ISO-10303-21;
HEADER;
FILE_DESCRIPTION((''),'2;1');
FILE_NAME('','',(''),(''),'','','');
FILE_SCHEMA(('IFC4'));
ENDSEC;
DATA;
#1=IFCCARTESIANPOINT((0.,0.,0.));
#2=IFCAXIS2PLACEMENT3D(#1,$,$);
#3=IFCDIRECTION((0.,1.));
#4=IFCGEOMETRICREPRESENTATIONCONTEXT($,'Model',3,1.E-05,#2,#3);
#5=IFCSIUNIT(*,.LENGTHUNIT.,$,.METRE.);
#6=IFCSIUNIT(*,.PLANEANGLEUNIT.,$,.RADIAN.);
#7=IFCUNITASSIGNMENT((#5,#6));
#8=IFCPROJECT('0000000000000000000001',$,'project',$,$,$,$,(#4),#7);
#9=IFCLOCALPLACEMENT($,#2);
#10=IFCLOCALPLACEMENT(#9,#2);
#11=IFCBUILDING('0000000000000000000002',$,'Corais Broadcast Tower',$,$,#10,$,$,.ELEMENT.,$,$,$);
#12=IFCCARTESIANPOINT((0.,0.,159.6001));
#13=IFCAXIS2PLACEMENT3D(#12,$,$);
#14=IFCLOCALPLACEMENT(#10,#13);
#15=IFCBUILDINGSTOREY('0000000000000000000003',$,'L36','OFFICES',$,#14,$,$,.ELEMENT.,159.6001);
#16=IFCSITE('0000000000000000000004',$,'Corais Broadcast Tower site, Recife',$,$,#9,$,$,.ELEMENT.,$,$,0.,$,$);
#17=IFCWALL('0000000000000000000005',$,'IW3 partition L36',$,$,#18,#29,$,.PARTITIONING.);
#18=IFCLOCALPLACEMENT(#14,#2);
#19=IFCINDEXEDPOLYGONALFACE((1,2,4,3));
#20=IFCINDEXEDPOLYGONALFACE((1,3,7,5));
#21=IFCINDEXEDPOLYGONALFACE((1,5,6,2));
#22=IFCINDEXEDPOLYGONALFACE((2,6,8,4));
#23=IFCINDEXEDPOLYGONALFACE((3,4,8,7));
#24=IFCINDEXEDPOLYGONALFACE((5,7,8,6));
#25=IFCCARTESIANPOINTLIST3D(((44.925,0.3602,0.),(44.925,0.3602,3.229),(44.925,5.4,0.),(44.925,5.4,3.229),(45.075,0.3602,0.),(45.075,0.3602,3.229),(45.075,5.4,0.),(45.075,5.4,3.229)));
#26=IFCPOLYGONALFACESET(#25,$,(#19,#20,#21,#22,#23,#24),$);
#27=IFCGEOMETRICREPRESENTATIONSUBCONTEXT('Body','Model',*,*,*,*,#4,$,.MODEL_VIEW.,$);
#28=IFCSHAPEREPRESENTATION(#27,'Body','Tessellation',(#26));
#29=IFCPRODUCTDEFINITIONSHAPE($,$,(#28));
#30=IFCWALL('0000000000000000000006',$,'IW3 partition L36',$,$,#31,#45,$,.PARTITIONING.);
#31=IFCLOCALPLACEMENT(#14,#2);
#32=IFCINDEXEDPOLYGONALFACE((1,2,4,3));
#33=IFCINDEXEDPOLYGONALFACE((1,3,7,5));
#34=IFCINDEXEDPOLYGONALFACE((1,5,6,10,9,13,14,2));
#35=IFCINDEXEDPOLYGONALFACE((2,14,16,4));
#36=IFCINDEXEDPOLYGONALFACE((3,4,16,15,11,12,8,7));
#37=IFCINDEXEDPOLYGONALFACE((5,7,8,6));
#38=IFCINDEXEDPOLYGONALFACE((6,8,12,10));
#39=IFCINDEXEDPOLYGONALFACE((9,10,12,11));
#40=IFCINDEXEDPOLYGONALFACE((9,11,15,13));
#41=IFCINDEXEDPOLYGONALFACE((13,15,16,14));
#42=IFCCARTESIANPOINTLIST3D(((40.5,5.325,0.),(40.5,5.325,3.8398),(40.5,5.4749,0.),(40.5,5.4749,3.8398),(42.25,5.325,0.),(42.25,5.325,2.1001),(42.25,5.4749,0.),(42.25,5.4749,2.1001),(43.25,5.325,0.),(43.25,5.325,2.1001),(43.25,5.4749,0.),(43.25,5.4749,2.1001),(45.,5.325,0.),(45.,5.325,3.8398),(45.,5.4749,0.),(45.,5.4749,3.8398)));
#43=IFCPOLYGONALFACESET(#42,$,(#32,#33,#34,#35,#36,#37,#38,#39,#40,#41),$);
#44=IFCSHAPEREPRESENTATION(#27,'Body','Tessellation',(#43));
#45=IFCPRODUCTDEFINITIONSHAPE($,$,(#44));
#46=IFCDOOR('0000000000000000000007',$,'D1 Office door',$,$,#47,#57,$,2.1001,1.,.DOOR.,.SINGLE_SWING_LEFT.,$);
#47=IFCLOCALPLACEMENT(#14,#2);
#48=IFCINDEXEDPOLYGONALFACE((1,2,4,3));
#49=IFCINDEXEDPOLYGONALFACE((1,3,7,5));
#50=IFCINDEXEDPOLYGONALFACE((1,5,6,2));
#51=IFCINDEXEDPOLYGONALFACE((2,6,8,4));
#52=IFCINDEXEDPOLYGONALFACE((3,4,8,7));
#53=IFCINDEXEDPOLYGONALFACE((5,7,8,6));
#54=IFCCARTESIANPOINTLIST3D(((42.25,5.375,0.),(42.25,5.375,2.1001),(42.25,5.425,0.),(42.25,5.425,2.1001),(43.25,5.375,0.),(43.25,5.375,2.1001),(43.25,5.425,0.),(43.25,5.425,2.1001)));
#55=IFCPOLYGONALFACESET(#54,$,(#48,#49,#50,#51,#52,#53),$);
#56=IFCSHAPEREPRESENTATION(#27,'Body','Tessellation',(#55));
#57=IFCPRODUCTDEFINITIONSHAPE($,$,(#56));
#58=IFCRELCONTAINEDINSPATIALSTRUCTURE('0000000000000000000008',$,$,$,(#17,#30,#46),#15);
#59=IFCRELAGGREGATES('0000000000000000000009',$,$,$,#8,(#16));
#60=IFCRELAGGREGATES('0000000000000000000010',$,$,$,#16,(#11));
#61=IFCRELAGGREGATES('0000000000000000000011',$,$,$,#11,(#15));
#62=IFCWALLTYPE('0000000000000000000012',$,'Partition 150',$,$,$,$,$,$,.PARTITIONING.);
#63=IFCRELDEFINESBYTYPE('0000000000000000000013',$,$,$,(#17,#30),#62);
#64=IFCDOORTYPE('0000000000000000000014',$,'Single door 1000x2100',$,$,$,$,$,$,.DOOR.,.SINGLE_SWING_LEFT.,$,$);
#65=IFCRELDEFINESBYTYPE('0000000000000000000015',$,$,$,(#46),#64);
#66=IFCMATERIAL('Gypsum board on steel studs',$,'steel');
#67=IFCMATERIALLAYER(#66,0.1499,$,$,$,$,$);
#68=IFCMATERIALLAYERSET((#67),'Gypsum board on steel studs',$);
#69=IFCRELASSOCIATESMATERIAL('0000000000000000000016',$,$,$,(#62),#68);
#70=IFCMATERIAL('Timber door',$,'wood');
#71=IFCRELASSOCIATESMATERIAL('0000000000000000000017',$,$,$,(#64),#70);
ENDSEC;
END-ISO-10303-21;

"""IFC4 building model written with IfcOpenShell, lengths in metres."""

from ifc_helpers import new_model, si_unit, direction, frame, frame_2d, origin, place, context, subcontext, project, spatial, rectangle, extrude, material, layer, layer_set, type_object, element, fill, save


model = new_model("IFC4")

# Units and contexts
model_context = context("Model", 3, precision=1e-05, world=origin(), true_north=direction((0.0, 1.0)))
body_context = subcontext(model_context, "Body", "Model", "MODEL_VIEW")
ifc_project = project(units=[si_unit("LENGTHUNIT", "METRE"), si_unit("PLANEANGLEUNIT", "RADIAN")], contexts=[model_context])

# Site, building, storey
site_placement = place(None, origin())
site = spatial("IfcSite", under=ifc_project, at=site_placement, Name="Corais Broadcast Tower site, Recife", CompositionType="ELEMENT", RefElevation=0.0)
building_placement = place(site_placement, origin())
building = spatial("IfcBuilding", under=site, at=building_placement, Name="Corais Broadcast Tower", CompositionType="ELEMENT")
storey_placement = place(building_placement, frame((0.0, 0.0, 159.6001)))
storey = spatial("IfcBuildingStorey", under=building, at=storey_placement, Name="L36", Description="OFFICES", CompositionType="ELEMENT", Elevation=159.6001)

# Wall
ifc_material_1 = material(Name="Gypsum board on steel studs", Category="steel")
ifc_layer_1 = layer(ifc_material_1, 0.1499)
ifc_layer_set_1 = layer_set([ifc_layer_1], Name="Gypsum board on steel studs")
wall_type = type_object("IfcWallType", Name="Partition 150", PredefinedType="PARTITIONING", material=ifc_layer_set_1)
wall_1_placement = place(storey_placement, frame((45.0, 0.3601, 0.0), z_axis=(0.0, 0.0, 1.0), x_axis=(0.0, 1.0, 0.0)))
element("IfcWall", 1, at=wall_1_placement, inside=storey, type_object=wall_type, Name="IW3 partition L36", PredefinedType="PARTITIONING", context=body_context, shape_type="SweptSolid", body=[
    extrude(rectangle(XDim=5.0398, YDim=0.1499, at=frame_2d((2.52, 0.0))), origin(), (0.0, 0.0, 1.0), 3.229),
])

# Wall, opening, door
wall_2_placement = place(storey_placement, frame((45.0, 5.3999, 0.0), z_axis=(0.0, 0.0, 1.0), x_axis=(-1.0, 0.0, 0.0)))
wall_2 = element("IfcWall", 2, at=wall_2_placement, inside=storey, type_object=wall_type, Name="IW3 partition L36", PredefinedType="PARTITIONING", context=body_context, shape_type="SweptSolid", body=[
    extrude(rectangle(XDim=4.5, YDim=0.1499, at=frame_2d((2.25, 0.0))), origin(), (0.0, 0.0, 1.0), 3.8398),
])
opening_placement = place(wall_2_placement, frame((1.75, 0.0, 0.0)))
opening = element("IfcOpeningElement", 3, at=opening_placement, cuts=wall_2, PredefinedType="OPENING", context=body_context, shape_type="SweptSolid", body=[
    extrude(rectangle(XDim=1.0, YDim=2.1001, at=frame_2d((0.5, 1.05))), frame((0.0, 0.085, 0.0), z_axis=(0.0, -1.0, 0.0), x_axis=(1.0, 0.0, 0.0)), (0.0, 0.0, 1.0), 0.1699),
])
ifc_material_2 = material(Name="Timber door", Category="wood")
door_type = type_object("IfcDoorType", Name="Single door 1000x2100", OperationType="SINGLE_SWING_LEFT", PredefinedType="DOOR", material=ifc_material_2)
door_placement = place(opening_placement, origin())
door = element("IfcDoor", 4, at=door_placement, inside=storey, type_object=door_type, Name="D1 Office door", OperationType="SINGLE_SWING_LEFT", OverallHeight=2.1001, OverallWidth=1.0, PredefinedType="DOOR", context=body_context, shape_type="SweptSolid", body=[
    extrude(rectangle(XDim=1.0, YDim=2.1001, at=frame_2d((0.5, 1.05))), frame((0.0, 0.0249, 0.0), z_axis=(0.0, -1.0, 0.0), x_axis=(1.0, 0.0, 0.0)), (0.0, 0.0, 1.0), 0.05),
])
fill(opening, door)

save(model, "model.ifc")
